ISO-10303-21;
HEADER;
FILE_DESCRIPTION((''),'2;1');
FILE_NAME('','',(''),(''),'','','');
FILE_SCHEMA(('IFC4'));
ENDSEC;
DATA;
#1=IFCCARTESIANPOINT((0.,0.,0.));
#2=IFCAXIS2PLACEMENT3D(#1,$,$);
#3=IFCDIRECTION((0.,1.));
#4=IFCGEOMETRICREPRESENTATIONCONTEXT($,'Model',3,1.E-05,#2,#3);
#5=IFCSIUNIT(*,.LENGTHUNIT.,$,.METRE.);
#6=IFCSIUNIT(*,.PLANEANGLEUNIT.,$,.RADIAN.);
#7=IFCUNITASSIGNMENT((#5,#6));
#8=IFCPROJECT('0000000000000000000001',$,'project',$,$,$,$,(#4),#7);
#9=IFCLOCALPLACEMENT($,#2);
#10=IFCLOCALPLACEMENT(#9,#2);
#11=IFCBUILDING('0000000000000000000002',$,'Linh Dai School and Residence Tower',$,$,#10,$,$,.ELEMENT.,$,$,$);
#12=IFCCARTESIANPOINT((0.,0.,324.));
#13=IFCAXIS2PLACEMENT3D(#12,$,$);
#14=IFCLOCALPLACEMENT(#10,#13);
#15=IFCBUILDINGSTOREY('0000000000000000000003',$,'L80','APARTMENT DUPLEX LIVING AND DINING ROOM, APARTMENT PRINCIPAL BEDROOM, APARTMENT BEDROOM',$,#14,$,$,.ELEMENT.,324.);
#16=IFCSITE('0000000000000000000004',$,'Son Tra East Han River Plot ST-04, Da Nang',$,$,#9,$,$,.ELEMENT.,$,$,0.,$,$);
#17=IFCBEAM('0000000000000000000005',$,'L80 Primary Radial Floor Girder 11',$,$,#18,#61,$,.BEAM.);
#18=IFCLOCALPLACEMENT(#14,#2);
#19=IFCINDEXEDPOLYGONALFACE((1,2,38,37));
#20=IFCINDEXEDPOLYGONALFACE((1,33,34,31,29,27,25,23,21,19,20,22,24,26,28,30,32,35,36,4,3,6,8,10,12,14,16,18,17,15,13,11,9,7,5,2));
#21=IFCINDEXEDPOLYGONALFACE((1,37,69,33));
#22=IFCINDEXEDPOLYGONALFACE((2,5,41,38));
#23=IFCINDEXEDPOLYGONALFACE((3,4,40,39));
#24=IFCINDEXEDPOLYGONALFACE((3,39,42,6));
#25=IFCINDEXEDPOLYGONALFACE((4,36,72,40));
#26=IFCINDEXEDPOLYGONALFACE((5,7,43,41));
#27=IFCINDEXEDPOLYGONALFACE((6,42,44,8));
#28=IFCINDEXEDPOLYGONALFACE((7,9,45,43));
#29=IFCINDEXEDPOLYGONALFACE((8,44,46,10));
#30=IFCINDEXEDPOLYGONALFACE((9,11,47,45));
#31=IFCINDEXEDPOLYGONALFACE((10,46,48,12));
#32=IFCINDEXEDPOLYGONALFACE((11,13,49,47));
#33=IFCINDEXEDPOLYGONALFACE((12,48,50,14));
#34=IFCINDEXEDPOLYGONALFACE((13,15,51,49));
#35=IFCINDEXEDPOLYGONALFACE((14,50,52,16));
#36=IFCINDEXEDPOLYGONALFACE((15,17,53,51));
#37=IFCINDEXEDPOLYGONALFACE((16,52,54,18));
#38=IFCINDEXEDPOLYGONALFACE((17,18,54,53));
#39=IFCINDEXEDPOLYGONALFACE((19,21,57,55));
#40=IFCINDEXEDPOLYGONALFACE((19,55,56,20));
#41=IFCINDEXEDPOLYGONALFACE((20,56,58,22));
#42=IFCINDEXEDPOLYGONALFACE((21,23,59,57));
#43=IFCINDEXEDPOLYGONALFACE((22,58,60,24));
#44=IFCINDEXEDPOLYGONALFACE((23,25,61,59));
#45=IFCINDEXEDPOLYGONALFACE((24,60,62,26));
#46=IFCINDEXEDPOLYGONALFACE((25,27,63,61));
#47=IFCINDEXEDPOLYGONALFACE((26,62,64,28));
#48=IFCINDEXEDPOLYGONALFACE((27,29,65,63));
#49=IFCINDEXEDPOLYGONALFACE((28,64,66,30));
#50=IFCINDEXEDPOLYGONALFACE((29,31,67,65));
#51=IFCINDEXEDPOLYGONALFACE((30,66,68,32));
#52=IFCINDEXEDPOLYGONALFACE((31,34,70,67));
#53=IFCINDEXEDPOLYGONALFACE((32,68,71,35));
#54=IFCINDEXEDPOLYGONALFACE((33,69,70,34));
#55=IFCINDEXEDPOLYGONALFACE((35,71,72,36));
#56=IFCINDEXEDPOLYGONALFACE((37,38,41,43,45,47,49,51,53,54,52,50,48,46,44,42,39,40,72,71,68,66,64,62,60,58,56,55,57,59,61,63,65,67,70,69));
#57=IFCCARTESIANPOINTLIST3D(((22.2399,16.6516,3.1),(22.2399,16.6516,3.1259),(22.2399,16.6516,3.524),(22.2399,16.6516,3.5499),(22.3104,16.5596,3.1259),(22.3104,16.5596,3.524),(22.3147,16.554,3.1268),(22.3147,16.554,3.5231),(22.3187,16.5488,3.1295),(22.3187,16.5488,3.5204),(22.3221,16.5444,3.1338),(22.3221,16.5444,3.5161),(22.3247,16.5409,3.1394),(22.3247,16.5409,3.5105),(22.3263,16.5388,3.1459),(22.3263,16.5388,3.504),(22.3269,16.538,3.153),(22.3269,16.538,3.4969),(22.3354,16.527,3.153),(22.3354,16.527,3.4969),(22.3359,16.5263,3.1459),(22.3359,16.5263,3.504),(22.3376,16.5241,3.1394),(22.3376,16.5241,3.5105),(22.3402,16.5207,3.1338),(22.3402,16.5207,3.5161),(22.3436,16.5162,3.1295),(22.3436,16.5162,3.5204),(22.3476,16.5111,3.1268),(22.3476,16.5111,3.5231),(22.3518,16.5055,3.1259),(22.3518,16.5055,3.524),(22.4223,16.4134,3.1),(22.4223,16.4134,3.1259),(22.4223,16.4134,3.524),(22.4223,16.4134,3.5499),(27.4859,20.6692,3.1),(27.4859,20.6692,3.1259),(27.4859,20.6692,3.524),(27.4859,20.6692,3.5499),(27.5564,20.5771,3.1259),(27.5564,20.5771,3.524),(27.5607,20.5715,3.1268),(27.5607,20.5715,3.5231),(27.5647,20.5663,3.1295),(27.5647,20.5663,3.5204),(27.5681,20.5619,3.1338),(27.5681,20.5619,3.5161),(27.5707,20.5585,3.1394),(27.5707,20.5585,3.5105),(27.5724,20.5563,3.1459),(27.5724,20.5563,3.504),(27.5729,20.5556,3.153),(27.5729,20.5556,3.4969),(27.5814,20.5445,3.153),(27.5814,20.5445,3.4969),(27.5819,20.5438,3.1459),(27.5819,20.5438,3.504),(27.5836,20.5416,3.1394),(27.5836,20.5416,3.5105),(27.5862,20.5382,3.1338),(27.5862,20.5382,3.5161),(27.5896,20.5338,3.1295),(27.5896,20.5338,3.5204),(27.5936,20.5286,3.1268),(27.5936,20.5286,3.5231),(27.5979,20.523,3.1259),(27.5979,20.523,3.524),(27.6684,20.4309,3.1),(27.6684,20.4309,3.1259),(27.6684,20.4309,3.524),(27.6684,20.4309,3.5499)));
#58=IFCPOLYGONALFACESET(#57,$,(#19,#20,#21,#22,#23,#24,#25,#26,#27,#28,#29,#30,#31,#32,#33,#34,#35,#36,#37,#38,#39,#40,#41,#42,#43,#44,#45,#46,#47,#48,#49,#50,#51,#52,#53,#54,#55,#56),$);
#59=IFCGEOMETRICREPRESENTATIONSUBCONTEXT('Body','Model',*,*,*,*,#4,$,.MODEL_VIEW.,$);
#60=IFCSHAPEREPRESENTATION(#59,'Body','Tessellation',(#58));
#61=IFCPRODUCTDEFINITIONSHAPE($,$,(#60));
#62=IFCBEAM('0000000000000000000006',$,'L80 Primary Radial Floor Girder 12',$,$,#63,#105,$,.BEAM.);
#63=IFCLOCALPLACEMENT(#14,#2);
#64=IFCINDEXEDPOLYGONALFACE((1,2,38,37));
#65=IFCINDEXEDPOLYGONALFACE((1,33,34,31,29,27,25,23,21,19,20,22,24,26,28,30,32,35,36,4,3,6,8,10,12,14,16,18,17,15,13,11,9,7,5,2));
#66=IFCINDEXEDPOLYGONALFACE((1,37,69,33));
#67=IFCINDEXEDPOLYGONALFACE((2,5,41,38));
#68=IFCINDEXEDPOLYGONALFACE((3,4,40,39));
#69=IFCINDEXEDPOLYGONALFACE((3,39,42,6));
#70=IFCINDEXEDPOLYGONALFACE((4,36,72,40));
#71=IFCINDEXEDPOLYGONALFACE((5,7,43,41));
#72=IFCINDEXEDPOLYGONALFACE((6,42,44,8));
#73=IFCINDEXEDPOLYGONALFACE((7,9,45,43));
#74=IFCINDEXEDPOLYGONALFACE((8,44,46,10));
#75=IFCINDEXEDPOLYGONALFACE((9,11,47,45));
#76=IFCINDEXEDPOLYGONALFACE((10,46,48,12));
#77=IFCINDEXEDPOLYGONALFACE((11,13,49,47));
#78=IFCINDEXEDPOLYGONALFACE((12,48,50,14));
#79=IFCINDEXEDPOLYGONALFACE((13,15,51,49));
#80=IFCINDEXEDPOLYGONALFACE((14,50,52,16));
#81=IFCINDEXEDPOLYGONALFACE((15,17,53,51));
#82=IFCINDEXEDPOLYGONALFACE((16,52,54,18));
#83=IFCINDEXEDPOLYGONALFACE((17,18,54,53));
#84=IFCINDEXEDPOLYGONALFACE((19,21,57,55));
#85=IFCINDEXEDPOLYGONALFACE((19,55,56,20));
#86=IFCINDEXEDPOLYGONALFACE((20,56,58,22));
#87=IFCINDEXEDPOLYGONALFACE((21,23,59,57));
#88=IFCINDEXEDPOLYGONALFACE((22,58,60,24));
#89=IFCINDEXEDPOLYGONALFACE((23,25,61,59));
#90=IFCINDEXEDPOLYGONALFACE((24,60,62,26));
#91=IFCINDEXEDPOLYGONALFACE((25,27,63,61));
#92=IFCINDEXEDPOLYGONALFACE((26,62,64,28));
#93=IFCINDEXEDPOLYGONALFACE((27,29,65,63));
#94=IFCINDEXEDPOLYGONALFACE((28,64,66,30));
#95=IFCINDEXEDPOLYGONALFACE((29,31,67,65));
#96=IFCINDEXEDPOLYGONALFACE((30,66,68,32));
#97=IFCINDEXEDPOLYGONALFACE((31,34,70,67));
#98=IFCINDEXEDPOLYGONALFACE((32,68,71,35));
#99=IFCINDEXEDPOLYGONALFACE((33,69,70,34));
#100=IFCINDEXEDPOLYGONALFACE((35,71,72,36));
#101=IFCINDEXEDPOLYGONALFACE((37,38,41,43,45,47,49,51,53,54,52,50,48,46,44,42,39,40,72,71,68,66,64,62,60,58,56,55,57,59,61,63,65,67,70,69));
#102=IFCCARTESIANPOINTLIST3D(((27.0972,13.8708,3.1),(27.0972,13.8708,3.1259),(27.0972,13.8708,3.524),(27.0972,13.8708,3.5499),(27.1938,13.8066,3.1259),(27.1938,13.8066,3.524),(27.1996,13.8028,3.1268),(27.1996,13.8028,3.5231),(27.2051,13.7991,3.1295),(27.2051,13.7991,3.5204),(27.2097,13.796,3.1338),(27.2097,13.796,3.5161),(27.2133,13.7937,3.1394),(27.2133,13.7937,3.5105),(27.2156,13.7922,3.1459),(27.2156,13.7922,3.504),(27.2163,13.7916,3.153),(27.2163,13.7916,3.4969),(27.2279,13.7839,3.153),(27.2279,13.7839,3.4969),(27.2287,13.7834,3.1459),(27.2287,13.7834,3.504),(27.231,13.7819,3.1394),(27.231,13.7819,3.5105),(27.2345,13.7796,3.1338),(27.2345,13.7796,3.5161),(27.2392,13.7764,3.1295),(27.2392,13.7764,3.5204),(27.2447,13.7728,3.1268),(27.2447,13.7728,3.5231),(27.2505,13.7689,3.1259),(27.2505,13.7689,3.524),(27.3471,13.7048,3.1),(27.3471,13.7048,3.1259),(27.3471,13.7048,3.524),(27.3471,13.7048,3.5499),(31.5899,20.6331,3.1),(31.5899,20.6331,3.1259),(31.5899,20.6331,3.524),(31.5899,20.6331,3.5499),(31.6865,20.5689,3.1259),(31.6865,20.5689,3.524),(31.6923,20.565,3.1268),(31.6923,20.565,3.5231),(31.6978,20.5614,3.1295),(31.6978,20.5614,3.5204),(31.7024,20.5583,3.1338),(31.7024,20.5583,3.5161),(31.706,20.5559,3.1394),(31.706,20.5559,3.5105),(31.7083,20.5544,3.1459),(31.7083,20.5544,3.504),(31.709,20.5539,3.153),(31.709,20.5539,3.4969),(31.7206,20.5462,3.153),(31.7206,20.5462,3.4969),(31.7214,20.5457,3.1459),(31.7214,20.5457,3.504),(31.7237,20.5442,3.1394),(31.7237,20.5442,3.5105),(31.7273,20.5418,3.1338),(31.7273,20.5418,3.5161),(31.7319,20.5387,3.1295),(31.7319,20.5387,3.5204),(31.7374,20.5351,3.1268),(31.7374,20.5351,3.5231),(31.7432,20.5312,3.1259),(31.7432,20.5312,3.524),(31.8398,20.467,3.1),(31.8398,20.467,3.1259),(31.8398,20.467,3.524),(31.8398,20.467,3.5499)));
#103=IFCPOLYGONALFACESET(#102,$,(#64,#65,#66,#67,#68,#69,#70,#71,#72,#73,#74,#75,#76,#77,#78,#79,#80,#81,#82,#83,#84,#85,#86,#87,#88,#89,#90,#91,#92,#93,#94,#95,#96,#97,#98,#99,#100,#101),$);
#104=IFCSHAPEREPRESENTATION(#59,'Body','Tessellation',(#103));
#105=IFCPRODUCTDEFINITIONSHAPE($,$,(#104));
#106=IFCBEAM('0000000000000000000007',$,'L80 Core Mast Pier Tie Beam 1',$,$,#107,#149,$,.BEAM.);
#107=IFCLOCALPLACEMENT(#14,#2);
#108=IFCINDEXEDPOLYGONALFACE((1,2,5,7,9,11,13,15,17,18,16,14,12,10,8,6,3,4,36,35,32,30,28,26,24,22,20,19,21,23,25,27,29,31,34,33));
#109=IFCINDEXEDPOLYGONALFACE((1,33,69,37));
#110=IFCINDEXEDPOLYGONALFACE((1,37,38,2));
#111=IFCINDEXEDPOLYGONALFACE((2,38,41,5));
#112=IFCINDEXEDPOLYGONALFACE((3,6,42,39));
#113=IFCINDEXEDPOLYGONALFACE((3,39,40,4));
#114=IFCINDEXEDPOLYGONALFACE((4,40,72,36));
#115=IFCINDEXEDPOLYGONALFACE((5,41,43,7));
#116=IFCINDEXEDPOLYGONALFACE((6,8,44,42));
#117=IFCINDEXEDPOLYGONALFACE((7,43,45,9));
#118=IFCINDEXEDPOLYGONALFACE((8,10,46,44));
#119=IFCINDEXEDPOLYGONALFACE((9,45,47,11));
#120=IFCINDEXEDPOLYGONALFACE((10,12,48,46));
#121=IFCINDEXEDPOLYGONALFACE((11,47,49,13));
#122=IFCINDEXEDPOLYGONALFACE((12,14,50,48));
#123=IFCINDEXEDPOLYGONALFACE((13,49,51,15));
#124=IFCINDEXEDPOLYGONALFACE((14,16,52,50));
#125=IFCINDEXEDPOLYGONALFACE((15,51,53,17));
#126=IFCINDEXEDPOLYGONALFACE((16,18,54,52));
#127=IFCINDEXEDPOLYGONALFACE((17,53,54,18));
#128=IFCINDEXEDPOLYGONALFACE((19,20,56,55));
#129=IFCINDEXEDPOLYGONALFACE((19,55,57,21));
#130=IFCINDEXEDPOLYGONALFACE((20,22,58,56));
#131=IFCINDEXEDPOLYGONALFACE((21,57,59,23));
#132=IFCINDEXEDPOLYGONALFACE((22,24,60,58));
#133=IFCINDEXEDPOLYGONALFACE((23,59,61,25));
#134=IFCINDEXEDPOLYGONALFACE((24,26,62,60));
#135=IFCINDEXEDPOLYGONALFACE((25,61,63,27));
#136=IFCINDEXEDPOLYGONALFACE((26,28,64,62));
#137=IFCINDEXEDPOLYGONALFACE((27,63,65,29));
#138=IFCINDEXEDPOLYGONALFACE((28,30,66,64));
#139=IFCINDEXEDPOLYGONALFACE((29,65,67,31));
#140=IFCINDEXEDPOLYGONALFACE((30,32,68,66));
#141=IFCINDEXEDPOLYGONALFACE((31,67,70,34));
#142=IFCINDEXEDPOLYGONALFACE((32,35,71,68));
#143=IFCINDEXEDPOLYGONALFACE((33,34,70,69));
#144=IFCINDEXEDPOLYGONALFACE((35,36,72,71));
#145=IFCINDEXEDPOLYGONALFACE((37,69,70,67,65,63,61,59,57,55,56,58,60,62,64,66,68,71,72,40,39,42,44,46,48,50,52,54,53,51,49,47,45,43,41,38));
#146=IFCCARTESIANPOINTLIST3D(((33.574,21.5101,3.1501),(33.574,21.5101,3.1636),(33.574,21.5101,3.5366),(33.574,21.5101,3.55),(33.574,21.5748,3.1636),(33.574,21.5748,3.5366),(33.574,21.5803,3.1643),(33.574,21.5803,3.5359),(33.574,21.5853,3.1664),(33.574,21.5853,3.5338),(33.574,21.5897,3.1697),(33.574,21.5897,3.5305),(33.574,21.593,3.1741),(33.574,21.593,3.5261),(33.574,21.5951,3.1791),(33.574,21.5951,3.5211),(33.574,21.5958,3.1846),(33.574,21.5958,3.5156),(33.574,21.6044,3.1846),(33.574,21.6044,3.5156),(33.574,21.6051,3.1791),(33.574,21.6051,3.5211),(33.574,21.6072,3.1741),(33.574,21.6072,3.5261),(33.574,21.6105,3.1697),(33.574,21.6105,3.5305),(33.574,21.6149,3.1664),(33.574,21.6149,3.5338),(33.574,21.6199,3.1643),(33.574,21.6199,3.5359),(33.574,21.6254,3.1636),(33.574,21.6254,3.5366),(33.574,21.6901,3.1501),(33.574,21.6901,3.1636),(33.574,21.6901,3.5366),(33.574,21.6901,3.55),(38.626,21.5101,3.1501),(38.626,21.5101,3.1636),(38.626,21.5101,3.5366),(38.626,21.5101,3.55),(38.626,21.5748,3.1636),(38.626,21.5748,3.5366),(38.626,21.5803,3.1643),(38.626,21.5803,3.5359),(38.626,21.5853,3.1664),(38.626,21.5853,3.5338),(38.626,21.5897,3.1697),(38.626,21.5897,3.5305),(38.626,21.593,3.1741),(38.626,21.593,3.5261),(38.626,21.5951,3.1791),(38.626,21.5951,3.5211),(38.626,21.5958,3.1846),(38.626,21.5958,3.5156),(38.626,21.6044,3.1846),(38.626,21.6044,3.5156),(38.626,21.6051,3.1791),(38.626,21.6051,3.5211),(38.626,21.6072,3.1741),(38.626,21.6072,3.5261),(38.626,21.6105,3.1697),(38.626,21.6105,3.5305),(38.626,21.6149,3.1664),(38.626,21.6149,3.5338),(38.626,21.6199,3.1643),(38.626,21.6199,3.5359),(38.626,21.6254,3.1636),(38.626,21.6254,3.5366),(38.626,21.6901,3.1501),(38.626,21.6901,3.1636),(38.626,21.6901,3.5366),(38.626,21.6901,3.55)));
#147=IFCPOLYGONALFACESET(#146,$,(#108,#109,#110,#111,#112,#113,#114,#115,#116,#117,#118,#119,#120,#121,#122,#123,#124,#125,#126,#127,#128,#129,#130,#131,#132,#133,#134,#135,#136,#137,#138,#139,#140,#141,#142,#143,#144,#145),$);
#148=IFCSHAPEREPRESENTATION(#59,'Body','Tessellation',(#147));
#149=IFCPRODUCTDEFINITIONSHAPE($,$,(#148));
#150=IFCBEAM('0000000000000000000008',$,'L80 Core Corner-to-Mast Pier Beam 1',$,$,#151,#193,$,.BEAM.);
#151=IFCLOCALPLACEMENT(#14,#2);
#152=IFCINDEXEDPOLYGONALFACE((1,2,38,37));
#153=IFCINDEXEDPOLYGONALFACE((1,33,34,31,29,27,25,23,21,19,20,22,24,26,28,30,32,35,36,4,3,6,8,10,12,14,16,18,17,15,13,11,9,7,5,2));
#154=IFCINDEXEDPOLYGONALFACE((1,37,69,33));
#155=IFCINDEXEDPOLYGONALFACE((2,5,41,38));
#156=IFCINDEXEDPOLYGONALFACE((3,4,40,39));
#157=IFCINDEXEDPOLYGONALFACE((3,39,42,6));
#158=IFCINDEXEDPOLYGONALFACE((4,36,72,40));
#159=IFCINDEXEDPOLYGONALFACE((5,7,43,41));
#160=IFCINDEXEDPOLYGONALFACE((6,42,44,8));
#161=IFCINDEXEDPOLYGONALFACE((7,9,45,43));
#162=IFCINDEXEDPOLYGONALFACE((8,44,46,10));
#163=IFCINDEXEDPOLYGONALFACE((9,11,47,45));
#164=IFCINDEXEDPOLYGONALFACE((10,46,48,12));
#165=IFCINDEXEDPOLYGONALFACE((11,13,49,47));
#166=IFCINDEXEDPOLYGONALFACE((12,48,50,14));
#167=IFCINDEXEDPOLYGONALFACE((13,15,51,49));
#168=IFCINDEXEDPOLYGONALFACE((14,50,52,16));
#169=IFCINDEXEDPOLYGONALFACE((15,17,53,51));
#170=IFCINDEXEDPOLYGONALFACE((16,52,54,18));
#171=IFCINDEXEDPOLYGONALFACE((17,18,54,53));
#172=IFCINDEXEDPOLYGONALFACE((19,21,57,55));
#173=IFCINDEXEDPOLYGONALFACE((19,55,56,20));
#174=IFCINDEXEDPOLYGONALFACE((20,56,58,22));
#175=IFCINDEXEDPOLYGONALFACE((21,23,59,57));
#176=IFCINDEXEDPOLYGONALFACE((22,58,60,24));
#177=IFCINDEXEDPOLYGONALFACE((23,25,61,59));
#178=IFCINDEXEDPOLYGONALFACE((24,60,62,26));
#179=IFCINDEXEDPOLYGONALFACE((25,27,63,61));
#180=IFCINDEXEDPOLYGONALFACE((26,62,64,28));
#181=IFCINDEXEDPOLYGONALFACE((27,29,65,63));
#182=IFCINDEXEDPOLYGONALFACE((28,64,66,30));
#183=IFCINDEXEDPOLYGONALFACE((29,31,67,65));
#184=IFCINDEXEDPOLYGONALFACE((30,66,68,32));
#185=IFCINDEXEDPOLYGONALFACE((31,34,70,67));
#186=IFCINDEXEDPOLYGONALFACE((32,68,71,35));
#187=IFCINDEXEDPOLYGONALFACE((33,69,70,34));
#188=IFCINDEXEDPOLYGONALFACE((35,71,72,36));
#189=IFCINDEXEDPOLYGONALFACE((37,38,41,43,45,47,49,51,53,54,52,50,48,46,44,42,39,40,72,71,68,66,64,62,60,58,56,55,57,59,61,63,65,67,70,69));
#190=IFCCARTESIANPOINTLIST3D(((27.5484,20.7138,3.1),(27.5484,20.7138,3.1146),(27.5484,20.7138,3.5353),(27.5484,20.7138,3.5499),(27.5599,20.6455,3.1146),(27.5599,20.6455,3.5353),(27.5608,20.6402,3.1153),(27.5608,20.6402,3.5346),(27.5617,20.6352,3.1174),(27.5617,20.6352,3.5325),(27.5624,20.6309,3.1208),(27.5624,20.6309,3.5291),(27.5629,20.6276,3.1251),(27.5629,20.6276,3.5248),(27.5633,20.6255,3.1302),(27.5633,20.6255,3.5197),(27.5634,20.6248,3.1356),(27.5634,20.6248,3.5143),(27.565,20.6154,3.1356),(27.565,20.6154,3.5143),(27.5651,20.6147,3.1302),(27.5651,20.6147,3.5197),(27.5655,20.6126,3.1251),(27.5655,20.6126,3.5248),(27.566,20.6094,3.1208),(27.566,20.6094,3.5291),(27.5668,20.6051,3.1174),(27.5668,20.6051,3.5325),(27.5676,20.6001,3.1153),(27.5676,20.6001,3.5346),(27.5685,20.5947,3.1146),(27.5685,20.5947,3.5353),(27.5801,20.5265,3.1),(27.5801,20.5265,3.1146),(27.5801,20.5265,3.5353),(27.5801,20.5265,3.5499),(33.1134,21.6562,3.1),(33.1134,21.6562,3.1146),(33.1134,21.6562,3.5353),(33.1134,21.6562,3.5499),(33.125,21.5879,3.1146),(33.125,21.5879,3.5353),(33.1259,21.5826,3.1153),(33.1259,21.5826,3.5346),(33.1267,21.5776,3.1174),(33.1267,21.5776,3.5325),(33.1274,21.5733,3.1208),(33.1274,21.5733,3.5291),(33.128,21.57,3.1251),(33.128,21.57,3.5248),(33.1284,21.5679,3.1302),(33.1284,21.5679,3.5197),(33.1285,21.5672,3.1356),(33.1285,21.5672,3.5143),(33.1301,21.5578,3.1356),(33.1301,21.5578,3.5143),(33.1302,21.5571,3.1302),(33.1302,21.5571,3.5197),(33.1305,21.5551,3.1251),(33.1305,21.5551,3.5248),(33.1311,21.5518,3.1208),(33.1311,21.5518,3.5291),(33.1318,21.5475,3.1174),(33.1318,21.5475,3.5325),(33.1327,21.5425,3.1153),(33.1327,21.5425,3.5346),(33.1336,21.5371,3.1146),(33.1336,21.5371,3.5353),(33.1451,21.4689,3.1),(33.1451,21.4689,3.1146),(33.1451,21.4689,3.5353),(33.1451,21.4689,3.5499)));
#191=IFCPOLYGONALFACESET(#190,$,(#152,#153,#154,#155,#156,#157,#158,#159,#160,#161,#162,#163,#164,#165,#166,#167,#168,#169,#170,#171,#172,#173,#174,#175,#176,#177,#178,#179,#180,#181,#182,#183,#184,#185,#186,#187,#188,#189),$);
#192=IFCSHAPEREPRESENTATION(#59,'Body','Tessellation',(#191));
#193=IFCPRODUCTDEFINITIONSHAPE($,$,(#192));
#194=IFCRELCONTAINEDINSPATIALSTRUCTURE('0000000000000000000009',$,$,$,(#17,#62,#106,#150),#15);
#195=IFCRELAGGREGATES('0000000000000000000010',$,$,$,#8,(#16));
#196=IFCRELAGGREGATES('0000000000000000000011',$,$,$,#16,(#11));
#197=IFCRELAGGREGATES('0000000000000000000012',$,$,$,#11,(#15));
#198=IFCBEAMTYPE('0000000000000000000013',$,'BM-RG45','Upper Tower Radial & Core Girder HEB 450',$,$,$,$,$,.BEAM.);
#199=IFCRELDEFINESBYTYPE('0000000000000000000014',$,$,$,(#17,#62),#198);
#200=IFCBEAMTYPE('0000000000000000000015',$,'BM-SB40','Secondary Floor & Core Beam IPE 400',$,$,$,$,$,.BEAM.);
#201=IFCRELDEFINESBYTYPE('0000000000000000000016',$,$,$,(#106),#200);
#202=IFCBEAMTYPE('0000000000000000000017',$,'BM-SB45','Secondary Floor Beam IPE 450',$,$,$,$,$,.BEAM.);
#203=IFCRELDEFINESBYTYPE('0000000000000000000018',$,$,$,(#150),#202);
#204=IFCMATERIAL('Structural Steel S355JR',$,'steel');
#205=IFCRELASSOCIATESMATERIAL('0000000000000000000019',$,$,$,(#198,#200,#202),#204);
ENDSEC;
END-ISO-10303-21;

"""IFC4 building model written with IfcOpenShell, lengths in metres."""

from ifc_helpers import new_model, si_unit, direction, frame, origin, origin_2d, place, context, subcontext, project, spatial, i_section, extrude, material, material_profile, profile_set, type_object, element, save


model = new_model("IFC4")

# Units and contexts
model_context = context("Model", 3, precision=1e-05, world=origin(), true_north=direction((0.0, 1.0)))
body_context = subcontext(model_context, "Body", "Model", "MODEL_VIEW")
ifc_project = project(units=[si_unit("LENGTHUNIT", "METRE"), si_unit("PLANEANGLEUNIT", "RADIAN")], contexts=[model_context])

# Site, building, storey
site_placement = place(None, origin())
site = spatial("IfcSite", under=ifc_project, at=site_placement, Name="Son Tra East Han River Plot ST-04, Da Nang", CompositionType="ELEMENT", RefElevation=0.0)
building_placement = place(site_placement, origin())
building = spatial("IfcBuilding", under=site, at=building_placement, Name="Linh Dai School and Residence Tower", CompositionType="ELEMENT")
storey_placement = place(building_placement, frame((0.0, 0.0, 324.0)))
storey = spatial("IfcBuildingStorey", under=building, at=storey_placement, Name="L80", Description="APARTMENT DUPLEX LIVING AND DINING ROOM, APARTMENT PRINCIPAL BEDROOM, APARTMENT BEDROOM", CompositionType="ELEMENT", Elevation=324.0)

# Shared definitions
ifc_material_1 = material(Name="Structural Steel S355JR", Category="steel")

# Beams
ifc_material_profile_1 = material_profile(ifc_material_1, i_section(OverallWidth=0.3, OverallDepth=0.45, WebThickness=0.0139, FlangeThickness=0.0259, FilletRadius=0.0271, at=origin_2d()), Name="HEB 450")
ifc_profile_set_1 = profile_set([ifc_material_profile_1], Name="Structural Steel S355JR")
beam_type_1 = type_object("IfcBeamType", Name="BM-RG45", Description="Upper Tower Radial & Core Girder HEB 450", PredefinedType="BEAM", material=ifc_profile_set_1)
beam_1_placement = place(storey_placement, frame((27.5771, 20.55, 3.325), z_axis=(-0.79393, -0.608009, 0.0), x_axis=(0.608009, -0.79393, 0.0)))
element("IfcBeam", 1, at=beam_1_placement, inside=storey, type_object=beam_type_1, Name="L80 Primary Radial Floor Girder 11", PredefinedType="BEAM", context=body_context, shape_type="SweptSolid", body=[
    extrude(i_section(OverallWidth=0.3, OverallDepth=0.45, WebThickness=0.0139, FlangeThickness=0.0259, FilletRadius=0.0271, at=origin_2d()), origin(), (0.0, 0.0, 1.0), 6.6077),
])
beam_2_placement = place(storey_placement, frame((31.7148, 20.55, 3.325), z_axis=(-0.553381, -0.832928, 0.0), x_axis=(0.832928, -0.553381, 0.0)))
element("IfcBeam", 2, at=beam_2_placement, inside=storey, type_object=beam_type_1, Name="L80 Primary Radial Floor Girder 12", PredefinedType="BEAM", context=body_context, shape_type="SweptSolid", body=[
    extrude(i_section(OverallWidth=0.3, OverallDepth=0.45, WebThickness=0.0139, FlangeThickness=0.0259, FilletRadius=0.0271, at=origin_2d()), origin(), (0.0, 0.0, 1.0), 8.1187),
])
ifc_material_profile_2 = material_profile(ifc_material_1, i_section(OverallWidth=0.1799, OverallDepth=0.3999, WebThickness=0.0085, FlangeThickness=0.0134, FilletRadius=0.021, at=origin_2d()), Name="IPE 400")
ifc_profile_set_2 = profile_set([ifc_material_profile_2], Name="Structural Steel S355JR")
beam_type_2 = type_object("IfcBeamType", Name="BM-SB40", Description="Secondary Floor & Core Beam IPE 400", PredefinedType="BEAM", material=ifc_profile_set_2)
beam_3_placement = place(storey_placement, frame((33.574, 21.6001, 3.3501), z_axis=(1.0, 0.0, 0.0), x_axis=(0.0, 1.0, 0.0)))
element("IfcBeam", 3, at=beam_3_placement, inside=storey, type_object=beam_type_2, Name="L80 Core Mast Pier Tie Beam 1", PredefinedType="BEAM", context=body_context, shape_type="SweptSolid", body=[
    extrude(i_section(OverallWidth=0.1799, OverallDepth=0.3999, WebThickness=0.0085, FlangeThickness=0.0134, FilletRadius=0.021, at=origin_2d()), origin(), (0.0, 0.0, 1.0), 5.052),
])
ifc_material_profile_3 = material_profile(ifc_material_1, i_section(OverallWidth=0.1899, OverallDepth=0.45, WebThickness=0.0095, FlangeThickness=0.0146, FilletRadius=0.021, at=origin_2d()), Name="IPE 450")
ifc_profile_set_3 = profile_set([ifc_material_profile_3], Name="Structural Steel S355JR")
beam_type_3 = type_object("IfcBeamType", Name="BM-SB45", Description="Secondary Floor Beam IPE 450", PredefinedType="BEAM", material=ifc_profile_set_3)
beam_4_placement = place(storey_placement, frame((27.5642, 20.6201, 3.325), z_axis=(0.985963, 0.166966, 0.0), x_axis=(-0.166966, 0.985963, 0.0)))
element("IfcBeam", 4, at=beam_4_placement, inside=storey, type_object=beam_type_3, Name="L80 Core Corner-to-Mast Pier Beam 1", PredefinedType="BEAM", context=body_context, shape_type="SweptSolid", body=[
    extrude(i_section(OverallWidth=0.1899, OverallDepth=0.45, WebThickness=0.0095, FlangeThickness=0.0146, FilletRadius=0.021, at=origin_2d()), origin(), (0.0, 0.0, 1.0), 5.6443),
])

save(model, "model.ifc")
